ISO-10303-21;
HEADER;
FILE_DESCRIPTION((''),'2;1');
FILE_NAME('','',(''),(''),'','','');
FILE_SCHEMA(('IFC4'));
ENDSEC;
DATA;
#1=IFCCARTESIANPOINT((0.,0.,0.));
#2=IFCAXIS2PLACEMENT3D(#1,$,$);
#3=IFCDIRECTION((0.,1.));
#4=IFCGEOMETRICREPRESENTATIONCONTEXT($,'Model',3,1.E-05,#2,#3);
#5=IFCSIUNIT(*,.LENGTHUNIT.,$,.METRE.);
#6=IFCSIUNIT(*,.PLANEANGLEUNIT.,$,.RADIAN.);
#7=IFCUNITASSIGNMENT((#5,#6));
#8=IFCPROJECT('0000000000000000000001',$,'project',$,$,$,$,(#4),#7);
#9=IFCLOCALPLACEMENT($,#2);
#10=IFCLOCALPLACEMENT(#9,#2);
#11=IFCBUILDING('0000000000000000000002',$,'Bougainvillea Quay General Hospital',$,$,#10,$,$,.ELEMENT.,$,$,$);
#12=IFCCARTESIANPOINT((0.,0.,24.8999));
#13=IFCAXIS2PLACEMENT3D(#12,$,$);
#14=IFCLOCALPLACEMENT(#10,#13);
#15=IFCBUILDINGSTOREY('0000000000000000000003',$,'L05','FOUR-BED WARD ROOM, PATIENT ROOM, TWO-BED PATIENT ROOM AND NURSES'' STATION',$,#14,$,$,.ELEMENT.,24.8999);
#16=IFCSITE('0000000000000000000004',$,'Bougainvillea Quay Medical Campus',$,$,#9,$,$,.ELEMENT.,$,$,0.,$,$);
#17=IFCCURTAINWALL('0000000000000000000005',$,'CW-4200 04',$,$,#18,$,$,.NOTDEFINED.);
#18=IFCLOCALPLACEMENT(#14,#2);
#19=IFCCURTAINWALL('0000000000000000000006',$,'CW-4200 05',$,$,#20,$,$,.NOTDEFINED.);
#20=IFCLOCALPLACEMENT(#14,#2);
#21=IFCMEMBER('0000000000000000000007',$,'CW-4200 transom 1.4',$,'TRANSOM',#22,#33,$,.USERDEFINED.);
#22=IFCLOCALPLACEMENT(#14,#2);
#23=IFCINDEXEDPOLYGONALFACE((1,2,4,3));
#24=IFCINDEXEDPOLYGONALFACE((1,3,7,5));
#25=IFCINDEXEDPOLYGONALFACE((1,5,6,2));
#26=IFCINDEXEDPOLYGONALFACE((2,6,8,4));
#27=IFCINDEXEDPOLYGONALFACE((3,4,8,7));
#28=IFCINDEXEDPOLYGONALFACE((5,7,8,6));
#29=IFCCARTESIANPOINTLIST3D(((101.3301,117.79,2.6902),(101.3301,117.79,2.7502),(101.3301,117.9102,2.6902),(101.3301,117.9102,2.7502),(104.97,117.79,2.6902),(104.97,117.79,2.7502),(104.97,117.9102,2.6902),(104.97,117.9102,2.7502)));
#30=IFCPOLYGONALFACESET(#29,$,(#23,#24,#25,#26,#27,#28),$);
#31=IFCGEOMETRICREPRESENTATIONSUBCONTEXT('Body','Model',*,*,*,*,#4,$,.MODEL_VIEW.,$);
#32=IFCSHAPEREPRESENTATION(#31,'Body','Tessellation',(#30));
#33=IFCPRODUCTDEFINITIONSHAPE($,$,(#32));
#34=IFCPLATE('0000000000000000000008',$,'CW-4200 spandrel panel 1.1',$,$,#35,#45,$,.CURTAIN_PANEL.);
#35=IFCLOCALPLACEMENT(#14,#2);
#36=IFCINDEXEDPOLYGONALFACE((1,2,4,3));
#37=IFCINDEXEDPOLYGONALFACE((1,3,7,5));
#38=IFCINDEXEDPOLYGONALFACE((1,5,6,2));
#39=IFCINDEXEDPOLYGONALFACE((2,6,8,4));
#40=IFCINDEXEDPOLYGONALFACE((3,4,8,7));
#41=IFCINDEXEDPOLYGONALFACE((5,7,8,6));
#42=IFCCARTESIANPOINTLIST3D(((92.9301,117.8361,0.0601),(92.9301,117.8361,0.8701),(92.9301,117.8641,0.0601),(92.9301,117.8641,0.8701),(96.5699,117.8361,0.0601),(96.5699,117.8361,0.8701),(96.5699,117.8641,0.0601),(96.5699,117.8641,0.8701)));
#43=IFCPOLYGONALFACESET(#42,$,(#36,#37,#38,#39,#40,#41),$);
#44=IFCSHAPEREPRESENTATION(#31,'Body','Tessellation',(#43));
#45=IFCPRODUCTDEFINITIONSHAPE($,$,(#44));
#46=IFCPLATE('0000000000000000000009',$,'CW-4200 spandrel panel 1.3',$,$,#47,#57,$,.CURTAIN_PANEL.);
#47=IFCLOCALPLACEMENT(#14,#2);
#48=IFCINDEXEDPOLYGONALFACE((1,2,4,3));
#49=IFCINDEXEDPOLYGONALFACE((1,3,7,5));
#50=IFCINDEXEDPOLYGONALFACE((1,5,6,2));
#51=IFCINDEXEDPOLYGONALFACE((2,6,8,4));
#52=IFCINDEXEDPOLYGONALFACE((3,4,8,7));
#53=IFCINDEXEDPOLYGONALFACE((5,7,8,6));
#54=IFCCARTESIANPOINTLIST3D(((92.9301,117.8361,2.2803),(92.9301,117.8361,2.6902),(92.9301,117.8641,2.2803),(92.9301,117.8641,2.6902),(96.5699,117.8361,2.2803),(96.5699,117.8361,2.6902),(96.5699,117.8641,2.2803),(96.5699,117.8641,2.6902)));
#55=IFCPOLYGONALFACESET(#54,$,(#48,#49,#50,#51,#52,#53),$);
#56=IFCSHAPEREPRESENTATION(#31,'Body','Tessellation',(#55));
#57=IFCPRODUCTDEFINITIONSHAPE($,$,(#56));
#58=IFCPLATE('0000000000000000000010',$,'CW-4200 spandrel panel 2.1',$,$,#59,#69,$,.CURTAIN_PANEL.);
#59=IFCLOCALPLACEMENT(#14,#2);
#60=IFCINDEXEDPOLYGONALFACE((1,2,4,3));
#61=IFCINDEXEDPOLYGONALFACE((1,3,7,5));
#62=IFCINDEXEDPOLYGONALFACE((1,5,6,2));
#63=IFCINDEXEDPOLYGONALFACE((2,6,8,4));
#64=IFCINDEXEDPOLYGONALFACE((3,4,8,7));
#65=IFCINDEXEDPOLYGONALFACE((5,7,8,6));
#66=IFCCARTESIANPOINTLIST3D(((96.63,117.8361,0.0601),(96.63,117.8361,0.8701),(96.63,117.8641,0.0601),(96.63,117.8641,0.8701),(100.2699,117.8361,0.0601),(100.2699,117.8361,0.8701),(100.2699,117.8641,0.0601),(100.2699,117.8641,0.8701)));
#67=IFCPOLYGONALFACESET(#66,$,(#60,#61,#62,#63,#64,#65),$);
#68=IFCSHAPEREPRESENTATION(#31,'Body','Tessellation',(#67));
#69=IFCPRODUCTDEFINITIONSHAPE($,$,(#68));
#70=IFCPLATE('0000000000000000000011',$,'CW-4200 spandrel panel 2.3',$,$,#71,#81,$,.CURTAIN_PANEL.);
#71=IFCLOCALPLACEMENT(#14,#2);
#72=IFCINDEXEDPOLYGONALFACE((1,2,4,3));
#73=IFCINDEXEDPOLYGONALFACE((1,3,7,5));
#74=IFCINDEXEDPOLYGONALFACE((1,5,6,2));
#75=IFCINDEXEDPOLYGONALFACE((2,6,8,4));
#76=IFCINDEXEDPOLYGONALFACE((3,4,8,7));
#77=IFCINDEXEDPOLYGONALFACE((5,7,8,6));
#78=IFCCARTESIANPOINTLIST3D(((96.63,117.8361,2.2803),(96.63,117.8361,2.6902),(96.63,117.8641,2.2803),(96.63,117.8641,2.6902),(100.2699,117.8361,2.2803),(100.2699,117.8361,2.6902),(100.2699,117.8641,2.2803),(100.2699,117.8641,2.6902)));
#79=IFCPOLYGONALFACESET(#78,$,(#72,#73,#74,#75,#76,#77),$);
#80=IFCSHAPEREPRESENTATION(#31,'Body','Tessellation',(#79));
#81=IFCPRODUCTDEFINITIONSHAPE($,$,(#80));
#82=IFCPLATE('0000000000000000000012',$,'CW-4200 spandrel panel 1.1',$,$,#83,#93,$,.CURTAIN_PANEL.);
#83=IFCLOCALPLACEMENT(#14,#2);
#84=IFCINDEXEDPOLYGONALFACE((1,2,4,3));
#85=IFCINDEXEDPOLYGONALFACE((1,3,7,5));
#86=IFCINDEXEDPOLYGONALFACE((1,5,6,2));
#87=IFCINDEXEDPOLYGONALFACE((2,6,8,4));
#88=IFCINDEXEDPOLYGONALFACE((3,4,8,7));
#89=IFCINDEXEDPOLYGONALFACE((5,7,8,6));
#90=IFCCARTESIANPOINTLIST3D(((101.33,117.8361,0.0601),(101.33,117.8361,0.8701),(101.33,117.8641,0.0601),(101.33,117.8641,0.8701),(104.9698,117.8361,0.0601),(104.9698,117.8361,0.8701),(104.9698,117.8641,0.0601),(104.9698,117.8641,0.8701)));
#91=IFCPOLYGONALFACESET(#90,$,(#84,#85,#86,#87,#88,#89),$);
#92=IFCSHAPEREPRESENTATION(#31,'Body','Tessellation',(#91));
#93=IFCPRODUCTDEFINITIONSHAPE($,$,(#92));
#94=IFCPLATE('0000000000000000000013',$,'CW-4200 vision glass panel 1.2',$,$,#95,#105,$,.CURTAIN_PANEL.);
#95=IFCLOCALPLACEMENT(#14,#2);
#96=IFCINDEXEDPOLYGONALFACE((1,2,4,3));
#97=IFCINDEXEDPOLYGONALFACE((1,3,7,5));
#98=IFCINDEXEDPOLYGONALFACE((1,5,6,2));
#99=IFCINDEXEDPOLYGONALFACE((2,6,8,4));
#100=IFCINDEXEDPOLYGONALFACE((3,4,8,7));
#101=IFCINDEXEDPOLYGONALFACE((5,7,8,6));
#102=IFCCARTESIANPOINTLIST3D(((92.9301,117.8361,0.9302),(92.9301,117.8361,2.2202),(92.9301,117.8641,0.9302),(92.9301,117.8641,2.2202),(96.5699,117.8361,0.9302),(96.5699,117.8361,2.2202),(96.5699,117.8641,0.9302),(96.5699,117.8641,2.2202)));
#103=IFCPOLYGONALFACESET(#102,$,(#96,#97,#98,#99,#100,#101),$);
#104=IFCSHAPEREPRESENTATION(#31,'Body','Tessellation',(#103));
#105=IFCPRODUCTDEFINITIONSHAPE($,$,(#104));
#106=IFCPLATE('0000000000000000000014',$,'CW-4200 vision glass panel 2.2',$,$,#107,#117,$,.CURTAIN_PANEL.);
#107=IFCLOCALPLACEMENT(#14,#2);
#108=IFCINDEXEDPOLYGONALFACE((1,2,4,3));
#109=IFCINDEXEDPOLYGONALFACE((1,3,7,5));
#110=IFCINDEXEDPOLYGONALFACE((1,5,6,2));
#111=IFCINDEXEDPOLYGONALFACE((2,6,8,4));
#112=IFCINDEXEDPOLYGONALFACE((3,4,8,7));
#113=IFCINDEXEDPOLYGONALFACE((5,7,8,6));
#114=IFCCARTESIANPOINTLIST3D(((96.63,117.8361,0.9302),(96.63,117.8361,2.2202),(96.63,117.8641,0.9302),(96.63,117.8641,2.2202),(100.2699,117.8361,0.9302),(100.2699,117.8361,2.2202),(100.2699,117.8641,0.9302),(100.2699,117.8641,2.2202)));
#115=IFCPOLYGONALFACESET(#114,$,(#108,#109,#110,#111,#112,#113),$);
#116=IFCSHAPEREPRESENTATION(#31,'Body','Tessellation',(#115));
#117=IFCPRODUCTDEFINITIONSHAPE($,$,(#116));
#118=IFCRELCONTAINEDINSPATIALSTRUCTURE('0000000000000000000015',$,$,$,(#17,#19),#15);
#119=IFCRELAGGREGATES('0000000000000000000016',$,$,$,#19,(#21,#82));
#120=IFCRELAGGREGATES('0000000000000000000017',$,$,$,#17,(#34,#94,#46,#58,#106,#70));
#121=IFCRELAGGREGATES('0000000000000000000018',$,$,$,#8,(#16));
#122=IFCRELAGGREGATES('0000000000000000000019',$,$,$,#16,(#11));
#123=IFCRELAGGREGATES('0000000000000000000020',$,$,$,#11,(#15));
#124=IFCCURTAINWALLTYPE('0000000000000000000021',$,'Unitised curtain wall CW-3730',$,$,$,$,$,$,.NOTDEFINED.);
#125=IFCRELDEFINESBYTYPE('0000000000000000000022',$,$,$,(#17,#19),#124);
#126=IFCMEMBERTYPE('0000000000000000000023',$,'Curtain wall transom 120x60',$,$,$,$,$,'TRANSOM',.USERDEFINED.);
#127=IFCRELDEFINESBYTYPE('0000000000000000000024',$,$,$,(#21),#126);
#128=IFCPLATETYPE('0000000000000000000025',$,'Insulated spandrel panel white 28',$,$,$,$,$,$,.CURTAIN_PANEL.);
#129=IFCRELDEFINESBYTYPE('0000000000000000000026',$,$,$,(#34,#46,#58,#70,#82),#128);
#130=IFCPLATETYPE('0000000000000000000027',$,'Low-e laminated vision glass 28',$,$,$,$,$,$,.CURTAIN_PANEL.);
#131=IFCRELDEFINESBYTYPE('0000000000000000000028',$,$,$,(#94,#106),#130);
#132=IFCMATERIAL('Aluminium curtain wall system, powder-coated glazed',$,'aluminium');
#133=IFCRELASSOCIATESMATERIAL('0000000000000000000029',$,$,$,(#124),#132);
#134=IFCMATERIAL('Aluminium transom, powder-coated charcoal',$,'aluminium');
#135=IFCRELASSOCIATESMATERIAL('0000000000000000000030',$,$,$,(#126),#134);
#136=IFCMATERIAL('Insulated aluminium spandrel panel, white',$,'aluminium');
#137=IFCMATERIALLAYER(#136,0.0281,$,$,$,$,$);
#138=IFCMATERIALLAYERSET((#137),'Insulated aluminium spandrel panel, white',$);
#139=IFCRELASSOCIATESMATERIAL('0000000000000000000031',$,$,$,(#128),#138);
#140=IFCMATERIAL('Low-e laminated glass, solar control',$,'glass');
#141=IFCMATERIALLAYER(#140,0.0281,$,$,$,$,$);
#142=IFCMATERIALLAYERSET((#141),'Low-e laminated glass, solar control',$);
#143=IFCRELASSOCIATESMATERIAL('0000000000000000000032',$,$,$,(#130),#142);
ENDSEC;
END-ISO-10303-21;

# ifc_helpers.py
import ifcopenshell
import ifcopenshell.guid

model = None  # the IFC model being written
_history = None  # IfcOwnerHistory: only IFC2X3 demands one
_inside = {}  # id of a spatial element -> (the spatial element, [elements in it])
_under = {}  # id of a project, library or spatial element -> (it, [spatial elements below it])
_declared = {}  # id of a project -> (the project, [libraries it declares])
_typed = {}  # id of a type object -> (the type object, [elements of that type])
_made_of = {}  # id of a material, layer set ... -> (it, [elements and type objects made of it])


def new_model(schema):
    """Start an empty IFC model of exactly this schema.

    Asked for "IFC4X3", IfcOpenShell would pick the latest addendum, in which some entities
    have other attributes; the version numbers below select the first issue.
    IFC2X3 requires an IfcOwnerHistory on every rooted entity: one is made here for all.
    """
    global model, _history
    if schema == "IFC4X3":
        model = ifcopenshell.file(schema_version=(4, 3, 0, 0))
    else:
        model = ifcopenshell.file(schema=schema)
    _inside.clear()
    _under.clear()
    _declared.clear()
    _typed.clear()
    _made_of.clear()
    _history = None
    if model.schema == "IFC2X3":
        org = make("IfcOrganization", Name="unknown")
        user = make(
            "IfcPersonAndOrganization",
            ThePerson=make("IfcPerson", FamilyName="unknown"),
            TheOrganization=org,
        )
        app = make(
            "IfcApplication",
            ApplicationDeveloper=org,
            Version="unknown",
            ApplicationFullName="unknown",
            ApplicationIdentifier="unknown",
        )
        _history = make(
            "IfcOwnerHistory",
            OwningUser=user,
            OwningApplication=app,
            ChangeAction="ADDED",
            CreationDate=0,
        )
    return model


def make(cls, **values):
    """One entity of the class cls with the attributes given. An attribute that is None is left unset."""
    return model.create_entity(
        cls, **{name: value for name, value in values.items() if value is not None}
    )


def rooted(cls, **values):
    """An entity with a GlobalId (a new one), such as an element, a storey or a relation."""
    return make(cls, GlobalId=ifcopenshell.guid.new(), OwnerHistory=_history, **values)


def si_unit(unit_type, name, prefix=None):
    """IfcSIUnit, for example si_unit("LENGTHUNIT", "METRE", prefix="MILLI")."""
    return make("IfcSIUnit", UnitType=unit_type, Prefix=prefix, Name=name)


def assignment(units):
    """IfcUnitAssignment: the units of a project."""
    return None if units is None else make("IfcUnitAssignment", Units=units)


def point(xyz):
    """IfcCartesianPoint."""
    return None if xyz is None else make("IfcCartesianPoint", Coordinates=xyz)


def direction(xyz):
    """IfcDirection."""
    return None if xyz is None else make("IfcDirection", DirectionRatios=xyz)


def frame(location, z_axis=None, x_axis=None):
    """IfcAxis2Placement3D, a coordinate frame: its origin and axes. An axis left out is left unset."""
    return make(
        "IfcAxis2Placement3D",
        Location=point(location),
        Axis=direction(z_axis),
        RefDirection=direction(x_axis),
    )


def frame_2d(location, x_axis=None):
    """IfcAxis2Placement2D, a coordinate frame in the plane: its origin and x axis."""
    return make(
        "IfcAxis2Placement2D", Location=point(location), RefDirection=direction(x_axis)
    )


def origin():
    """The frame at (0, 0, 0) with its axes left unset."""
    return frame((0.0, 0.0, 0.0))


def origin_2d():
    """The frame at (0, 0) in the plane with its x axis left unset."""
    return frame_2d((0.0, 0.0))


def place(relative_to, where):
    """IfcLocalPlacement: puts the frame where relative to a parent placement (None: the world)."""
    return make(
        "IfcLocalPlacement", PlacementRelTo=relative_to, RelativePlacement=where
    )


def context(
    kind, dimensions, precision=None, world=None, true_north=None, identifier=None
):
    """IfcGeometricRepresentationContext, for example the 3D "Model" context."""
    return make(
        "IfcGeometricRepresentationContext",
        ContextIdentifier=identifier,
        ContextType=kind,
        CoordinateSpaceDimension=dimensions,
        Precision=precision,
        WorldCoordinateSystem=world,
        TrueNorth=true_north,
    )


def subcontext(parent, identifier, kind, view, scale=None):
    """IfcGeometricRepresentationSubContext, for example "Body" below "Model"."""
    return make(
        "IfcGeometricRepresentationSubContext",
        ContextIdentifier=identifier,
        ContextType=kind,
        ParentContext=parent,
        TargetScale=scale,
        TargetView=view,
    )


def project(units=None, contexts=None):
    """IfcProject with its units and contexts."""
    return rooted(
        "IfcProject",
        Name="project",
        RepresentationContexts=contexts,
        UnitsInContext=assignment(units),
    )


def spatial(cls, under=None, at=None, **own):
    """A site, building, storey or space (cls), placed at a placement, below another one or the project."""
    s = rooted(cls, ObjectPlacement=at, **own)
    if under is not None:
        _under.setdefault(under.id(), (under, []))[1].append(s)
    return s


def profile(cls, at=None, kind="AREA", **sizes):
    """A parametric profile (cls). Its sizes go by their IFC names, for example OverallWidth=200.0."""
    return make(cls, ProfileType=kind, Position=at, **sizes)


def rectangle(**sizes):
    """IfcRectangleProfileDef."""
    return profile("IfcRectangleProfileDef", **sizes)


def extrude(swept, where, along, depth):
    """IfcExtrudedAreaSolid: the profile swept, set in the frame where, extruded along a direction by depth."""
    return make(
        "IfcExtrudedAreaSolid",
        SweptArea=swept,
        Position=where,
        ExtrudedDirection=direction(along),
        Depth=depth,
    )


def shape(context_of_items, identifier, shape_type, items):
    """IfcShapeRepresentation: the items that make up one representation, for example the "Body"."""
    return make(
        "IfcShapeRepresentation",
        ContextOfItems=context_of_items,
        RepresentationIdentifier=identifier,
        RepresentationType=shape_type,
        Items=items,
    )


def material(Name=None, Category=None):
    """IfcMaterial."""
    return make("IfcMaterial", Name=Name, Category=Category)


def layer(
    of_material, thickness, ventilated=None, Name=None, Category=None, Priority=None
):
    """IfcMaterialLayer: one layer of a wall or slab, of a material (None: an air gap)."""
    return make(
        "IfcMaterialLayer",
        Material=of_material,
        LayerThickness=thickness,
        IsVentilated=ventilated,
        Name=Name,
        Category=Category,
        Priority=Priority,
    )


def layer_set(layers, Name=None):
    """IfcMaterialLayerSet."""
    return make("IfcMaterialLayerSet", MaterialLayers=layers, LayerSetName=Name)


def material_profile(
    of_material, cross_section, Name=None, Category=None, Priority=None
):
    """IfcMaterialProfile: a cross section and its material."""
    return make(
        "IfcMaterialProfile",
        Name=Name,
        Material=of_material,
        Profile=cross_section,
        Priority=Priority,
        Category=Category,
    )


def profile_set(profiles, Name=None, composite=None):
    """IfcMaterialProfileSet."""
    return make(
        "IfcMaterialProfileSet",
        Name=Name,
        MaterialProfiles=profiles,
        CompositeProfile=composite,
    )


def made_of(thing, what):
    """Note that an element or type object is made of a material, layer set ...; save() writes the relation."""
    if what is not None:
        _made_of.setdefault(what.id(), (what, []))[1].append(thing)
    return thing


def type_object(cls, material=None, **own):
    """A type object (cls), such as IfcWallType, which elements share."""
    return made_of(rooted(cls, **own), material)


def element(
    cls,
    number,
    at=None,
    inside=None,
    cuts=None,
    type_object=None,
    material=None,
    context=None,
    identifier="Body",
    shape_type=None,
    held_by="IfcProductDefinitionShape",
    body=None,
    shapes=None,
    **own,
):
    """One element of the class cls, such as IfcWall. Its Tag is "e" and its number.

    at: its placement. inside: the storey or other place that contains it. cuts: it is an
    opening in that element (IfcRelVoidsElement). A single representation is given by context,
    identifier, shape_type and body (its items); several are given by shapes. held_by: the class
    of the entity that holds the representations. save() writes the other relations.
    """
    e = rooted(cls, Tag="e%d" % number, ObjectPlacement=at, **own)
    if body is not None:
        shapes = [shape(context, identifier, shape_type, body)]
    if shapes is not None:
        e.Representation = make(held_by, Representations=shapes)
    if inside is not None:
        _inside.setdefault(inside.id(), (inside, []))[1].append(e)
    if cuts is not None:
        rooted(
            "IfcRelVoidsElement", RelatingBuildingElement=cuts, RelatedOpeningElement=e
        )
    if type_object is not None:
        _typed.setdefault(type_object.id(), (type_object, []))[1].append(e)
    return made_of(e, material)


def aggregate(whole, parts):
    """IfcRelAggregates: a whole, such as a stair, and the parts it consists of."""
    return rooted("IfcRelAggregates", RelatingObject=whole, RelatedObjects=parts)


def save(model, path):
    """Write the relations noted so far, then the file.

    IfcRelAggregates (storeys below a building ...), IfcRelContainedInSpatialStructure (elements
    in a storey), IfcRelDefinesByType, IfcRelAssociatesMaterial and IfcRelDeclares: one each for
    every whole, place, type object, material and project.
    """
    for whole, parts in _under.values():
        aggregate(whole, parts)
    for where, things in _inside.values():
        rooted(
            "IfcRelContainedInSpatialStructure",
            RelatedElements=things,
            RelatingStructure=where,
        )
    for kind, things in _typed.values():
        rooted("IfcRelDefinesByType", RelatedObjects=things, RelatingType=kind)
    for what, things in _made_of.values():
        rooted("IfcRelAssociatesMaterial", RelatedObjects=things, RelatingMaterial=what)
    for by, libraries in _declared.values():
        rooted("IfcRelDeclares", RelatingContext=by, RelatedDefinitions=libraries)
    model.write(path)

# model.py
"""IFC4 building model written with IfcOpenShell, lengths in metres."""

from ifc_helpers import new_model, si_unit, direction, frame, origin, origin_2d, place, context, subcontext, project, spatial, rectangle, extrude, material, layer, layer_set, material_profile, profile_set, type_object, element, aggregate, save


model = new_model("IFC4")

# Units and contexts
model_context = context("Model", 3, precision=1e-05, world=origin(), true_north=direction((0.0, 1.0)))
body_context = subcontext(model_context, "Body", "Model", "MODEL_VIEW")
ifc_project = project(units=[si_unit("LENGTHUNIT", "METRE"), si_unit("PLANEANGLEUNIT", "RADIAN")], contexts=[model_context])

# Site, building, storey
site_placement = place(None, origin())
site = spatial("IfcSite", under=ifc_project, at=site_placement, Name="Bougainvillea Quay Medical Campus", CompositionType="ELEMENT", RefElevation=0.0)
building_placement = place(site_placement, origin())
building = spatial("IfcBuilding", under=site, at=building_placement, Name="Bougainvillea Quay General Hospital", CompositionType="ELEMENT")
storey_placement = place(building_placement, frame((0.0, 0.0, 24.8999)))
storey = spatial("IfcBuildingStorey", under=building, at=storey_placement, Name="L05", Description="FOUR-BED WARD ROOM, PATIENT ROOM, TWO-BED PATIENT ROOM AND NURSES' STATION", CompositionType="ELEMENT", Elevation=24.8999)

# Curtain wall
ifc_material_1 = material(Name="Aluminium curtain wall system, powder-coated glazed", Category="aluminium")
curtain_wall_type = type_object("IfcCurtainWallType", Name="Unitised curtain wall CW-3730", PredefinedType="NOTDEFINED", material=ifc_material_1)
curtain_wall_1_placement = place(storey_placement, origin())
curtain_wall_1 = element("IfcCurtainWall", 1, at=curtain_wall_1_placement, inside=storey, type_object=curtain_wall_type, Name="CW-4200 04", PredefinedType="NOTDEFINED")

# Curtain wall
curtain_wall_2_placement = place(storey_placement, origin())
curtain_wall_2 = element("IfcCurtainWall", 2, at=curtain_wall_2_placement, inside=storey, type_object=curtain_wall_type, Name="CW-4200 05", PredefinedType="NOTDEFINED")

# Member
ifc_material_2 = material(Name="Aluminium transom, powder-coated charcoal", Category="aluminium")
ifc_material_profile_1 = material_profile(ifc_material_2, rectangle(XDim=0.1201, YDim=0.0601, at=origin_2d()))
ifc_profile_set_1 = profile_set([ifc_material_profile_1], Name="Aluminium transom, powder-coated charcoal")
member_type_1 = type_object("IfcMemberType", Name="Curtain wall transom 120x60", ElementType="TRANSOM", PredefinedType="USERDEFINED", material=ifc_profile_set_1)
member_1_placement = place(storey_placement, frame((101.3301, 117.8501, 2.7202), z_axis=(1.0, 0.0, 0.0), x_axis=(0.0, 1.0, 0.0)))
member_1 = element("IfcMember", 3, at=member_1_placement, type_object=member_type_1, Name="CW-4200 transom 1.4", ObjectType="TRANSOM", PredefinedType="USERDEFINED", context=body_context, shape_type="SweptSolid", body=[
    extrude(rectangle(XDim=0.1201, YDim=0.0601, at=origin_2d()), origin(), (0.0, 0.0, 1.0), 3.6399),
])

# Plates
ifc_material_3 = material(Name="Insulated aluminium spandrel panel, white", Category="aluminium")
ifc_layer_1 = layer(ifc_material_3, 0.0281)
ifc_layer_set_1 = layer_set([ifc_layer_1], Name="Insulated aluminium spandrel panel, white")
plate_type_1 = type_object("IfcPlateType", Name="Insulated spandrel panel white 28", PredefinedType="CURTAIN_PANEL", material=ifc_layer_set_1)
plate_1_placement = place(storey_placement, frame((94.75, 117.8501, 0.0601), z_axis=(0.0, 0.0, 1.0), x_axis=(1.0, 0.0, 0.0)))
plate_1 = element("IfcPlate", 4, at=plate_1_placement, type_object=plate_type_1, Name="CW-4200 spandrel panel 1.1", PredefinedType="CURTAIN_PANEL", context=body_context, shape_type="SweptSolid", body=[
    extrude(rectangle(XDim=3.6399, YDim=0.0281, at=origin_2d()), origin(), (0.0, 0.0, 1.0), 0.8101),
])
plate_2_placement = place(storey_placement, frame((94.75, 117.8501, 2.2803), z_axis=(0.0, 0.0, 1.0), x_axis=(1.0, 0.0, 0.0)))
plate_2 = element("IfcPlate", 5, at=plate_2_placement, type_object=plate_type_1, Name="CW-4200 spandrel panel 1.3", PredefinedType="CURTAIN_PANEL", context=body_context, shape_type="SweptSolid", body=[
    extrude(rectangle(XDim=3.6399, YDim=0.0281, at=origin_2d()), origin(), (0.0, 0.0, 1.0), 0.4099),
])
plate_3_placement = place(storey_placement, frame((98.45, 117.8501, 0.0601), z_axis=(0.0, 0.0, 1.0), x_axis=(1.0, 0.0, 0.0)))
plate_3 = element("IfcPlate", 6, at=plate_3_placement, type_object=plate_type_1, Name="CW-4200 spandrel panel 2.1", PredefinedType="CURTAIN_PANEL", context=body_context, shape_type="SweptSolid", body=[
    extrude(rectangle(XDim=3.6399, YDim=0.0281, at=origin_2d()), origin(), (0.0, 0.0, 1.0), 0.8101),
])
plate_4_placement = place(storey_placement, frame((98.45, 117.8501, 2.2803), z_axis=(0.0, 0.0, 1.0), x_axis=(1.0, 0.0, 0.0)))
plate_4 = element("IfcPlate", 7, at=plate_4_placement, type_object=plate_type_1, Name="CW-4200 spandrel panel 2.3", PredefinedType="CURTAIN_PANEL", context=body_context, shape_type="SweptSolid", body=[
    extrude(rectangle(XDim=3.6399, YDim=0.0281, at=origin_2d()), origin(), (0.0, 0.0, 1.0), 0.4099),
])
plate_5_placement = place(storey_placement, frame((103.1499, 117.8501, 0.0601), z_axis=(0.0, 0.0, 1.0), x_axis=(1.0, 0.0, 0.0)))
plate_5 = element("IfcPlate", 8, at=plate_5_placement, type_object=plate_type_1, Name="CW-4200 spandrel panel 1.1", PredefinedType="CURTAIN_PANEL", context=body_context, shape_type="SweptSolid", body=[
    extrude(rectangle(XDim=3.6399, YDim=0.0281, at=origin_2d()), origin(), (0.0, 0.0, 1.0), 0.8101),
])
aggregate(curtain_wall_2, [member_1, plate_5])
ifc_material_4 = material(Name="Low-e laminated glass, solar control", Category="glass")
ifc_layer_2 = layer(ifc_material_4, 0.0281)
ifc_layer_set_2 = layer_set([ifc_layer_2], Name="Low-e laminated glass, solar control")
plate_type_2 = type_object("IfcPlateType", Name="Low-e laminated vision glass 28", PredefinedType="CURTAIN_PANEL", material=ifc_layer_set_2)
plate_6_placement = place(storey_placement, frame((94.75, 117.8501, 0.9302), z_axis=(0.0, 0.0, 1.0), x_axis=(1.0, 0.0, 0.0)))
plate_6 = element("IfcPlate", 9, at=plate_6_placement, type_object=plate_type_2, Name="CW-4200 vision glass panel 1.2", PredefinedType="CURTAIN_PANEL", context=body_context, shape_type="SweptSolid", body=[
    extrude(rectangle(XDim=3.6399, YDim=0.0281, at=origin_2d()), origin(), (0.0, 0.0, 1.0), 1.29),
])
plate_7_placement = place(storey_placement, frame((98.45, 117.8501, 0.9302), z_axis=(0.0, 0.0, 1.0), x_axis=(1.0, 0.0, 0.0)))
plate_7 = element("IfcPlate", 10, at=plate_7_placement, type_object=plate_type_2, Name="CW-4200 vision glass panel 2.2", PredefinedType="CURTAIN_PANEL", context=body_context, shape_type="SweptSolid", body=[
    extrude(rectangle(XDim=3.6399, YDim=0.0281, at=origin_2d()), origin(), (0.0, 0.0, 1.0), 1.29),
])
aggregate(curtain_wall_1, [plate_1, plate_6, plate_2, plate_3, plate_7, plate_4])

save(model, "model.ifc")
